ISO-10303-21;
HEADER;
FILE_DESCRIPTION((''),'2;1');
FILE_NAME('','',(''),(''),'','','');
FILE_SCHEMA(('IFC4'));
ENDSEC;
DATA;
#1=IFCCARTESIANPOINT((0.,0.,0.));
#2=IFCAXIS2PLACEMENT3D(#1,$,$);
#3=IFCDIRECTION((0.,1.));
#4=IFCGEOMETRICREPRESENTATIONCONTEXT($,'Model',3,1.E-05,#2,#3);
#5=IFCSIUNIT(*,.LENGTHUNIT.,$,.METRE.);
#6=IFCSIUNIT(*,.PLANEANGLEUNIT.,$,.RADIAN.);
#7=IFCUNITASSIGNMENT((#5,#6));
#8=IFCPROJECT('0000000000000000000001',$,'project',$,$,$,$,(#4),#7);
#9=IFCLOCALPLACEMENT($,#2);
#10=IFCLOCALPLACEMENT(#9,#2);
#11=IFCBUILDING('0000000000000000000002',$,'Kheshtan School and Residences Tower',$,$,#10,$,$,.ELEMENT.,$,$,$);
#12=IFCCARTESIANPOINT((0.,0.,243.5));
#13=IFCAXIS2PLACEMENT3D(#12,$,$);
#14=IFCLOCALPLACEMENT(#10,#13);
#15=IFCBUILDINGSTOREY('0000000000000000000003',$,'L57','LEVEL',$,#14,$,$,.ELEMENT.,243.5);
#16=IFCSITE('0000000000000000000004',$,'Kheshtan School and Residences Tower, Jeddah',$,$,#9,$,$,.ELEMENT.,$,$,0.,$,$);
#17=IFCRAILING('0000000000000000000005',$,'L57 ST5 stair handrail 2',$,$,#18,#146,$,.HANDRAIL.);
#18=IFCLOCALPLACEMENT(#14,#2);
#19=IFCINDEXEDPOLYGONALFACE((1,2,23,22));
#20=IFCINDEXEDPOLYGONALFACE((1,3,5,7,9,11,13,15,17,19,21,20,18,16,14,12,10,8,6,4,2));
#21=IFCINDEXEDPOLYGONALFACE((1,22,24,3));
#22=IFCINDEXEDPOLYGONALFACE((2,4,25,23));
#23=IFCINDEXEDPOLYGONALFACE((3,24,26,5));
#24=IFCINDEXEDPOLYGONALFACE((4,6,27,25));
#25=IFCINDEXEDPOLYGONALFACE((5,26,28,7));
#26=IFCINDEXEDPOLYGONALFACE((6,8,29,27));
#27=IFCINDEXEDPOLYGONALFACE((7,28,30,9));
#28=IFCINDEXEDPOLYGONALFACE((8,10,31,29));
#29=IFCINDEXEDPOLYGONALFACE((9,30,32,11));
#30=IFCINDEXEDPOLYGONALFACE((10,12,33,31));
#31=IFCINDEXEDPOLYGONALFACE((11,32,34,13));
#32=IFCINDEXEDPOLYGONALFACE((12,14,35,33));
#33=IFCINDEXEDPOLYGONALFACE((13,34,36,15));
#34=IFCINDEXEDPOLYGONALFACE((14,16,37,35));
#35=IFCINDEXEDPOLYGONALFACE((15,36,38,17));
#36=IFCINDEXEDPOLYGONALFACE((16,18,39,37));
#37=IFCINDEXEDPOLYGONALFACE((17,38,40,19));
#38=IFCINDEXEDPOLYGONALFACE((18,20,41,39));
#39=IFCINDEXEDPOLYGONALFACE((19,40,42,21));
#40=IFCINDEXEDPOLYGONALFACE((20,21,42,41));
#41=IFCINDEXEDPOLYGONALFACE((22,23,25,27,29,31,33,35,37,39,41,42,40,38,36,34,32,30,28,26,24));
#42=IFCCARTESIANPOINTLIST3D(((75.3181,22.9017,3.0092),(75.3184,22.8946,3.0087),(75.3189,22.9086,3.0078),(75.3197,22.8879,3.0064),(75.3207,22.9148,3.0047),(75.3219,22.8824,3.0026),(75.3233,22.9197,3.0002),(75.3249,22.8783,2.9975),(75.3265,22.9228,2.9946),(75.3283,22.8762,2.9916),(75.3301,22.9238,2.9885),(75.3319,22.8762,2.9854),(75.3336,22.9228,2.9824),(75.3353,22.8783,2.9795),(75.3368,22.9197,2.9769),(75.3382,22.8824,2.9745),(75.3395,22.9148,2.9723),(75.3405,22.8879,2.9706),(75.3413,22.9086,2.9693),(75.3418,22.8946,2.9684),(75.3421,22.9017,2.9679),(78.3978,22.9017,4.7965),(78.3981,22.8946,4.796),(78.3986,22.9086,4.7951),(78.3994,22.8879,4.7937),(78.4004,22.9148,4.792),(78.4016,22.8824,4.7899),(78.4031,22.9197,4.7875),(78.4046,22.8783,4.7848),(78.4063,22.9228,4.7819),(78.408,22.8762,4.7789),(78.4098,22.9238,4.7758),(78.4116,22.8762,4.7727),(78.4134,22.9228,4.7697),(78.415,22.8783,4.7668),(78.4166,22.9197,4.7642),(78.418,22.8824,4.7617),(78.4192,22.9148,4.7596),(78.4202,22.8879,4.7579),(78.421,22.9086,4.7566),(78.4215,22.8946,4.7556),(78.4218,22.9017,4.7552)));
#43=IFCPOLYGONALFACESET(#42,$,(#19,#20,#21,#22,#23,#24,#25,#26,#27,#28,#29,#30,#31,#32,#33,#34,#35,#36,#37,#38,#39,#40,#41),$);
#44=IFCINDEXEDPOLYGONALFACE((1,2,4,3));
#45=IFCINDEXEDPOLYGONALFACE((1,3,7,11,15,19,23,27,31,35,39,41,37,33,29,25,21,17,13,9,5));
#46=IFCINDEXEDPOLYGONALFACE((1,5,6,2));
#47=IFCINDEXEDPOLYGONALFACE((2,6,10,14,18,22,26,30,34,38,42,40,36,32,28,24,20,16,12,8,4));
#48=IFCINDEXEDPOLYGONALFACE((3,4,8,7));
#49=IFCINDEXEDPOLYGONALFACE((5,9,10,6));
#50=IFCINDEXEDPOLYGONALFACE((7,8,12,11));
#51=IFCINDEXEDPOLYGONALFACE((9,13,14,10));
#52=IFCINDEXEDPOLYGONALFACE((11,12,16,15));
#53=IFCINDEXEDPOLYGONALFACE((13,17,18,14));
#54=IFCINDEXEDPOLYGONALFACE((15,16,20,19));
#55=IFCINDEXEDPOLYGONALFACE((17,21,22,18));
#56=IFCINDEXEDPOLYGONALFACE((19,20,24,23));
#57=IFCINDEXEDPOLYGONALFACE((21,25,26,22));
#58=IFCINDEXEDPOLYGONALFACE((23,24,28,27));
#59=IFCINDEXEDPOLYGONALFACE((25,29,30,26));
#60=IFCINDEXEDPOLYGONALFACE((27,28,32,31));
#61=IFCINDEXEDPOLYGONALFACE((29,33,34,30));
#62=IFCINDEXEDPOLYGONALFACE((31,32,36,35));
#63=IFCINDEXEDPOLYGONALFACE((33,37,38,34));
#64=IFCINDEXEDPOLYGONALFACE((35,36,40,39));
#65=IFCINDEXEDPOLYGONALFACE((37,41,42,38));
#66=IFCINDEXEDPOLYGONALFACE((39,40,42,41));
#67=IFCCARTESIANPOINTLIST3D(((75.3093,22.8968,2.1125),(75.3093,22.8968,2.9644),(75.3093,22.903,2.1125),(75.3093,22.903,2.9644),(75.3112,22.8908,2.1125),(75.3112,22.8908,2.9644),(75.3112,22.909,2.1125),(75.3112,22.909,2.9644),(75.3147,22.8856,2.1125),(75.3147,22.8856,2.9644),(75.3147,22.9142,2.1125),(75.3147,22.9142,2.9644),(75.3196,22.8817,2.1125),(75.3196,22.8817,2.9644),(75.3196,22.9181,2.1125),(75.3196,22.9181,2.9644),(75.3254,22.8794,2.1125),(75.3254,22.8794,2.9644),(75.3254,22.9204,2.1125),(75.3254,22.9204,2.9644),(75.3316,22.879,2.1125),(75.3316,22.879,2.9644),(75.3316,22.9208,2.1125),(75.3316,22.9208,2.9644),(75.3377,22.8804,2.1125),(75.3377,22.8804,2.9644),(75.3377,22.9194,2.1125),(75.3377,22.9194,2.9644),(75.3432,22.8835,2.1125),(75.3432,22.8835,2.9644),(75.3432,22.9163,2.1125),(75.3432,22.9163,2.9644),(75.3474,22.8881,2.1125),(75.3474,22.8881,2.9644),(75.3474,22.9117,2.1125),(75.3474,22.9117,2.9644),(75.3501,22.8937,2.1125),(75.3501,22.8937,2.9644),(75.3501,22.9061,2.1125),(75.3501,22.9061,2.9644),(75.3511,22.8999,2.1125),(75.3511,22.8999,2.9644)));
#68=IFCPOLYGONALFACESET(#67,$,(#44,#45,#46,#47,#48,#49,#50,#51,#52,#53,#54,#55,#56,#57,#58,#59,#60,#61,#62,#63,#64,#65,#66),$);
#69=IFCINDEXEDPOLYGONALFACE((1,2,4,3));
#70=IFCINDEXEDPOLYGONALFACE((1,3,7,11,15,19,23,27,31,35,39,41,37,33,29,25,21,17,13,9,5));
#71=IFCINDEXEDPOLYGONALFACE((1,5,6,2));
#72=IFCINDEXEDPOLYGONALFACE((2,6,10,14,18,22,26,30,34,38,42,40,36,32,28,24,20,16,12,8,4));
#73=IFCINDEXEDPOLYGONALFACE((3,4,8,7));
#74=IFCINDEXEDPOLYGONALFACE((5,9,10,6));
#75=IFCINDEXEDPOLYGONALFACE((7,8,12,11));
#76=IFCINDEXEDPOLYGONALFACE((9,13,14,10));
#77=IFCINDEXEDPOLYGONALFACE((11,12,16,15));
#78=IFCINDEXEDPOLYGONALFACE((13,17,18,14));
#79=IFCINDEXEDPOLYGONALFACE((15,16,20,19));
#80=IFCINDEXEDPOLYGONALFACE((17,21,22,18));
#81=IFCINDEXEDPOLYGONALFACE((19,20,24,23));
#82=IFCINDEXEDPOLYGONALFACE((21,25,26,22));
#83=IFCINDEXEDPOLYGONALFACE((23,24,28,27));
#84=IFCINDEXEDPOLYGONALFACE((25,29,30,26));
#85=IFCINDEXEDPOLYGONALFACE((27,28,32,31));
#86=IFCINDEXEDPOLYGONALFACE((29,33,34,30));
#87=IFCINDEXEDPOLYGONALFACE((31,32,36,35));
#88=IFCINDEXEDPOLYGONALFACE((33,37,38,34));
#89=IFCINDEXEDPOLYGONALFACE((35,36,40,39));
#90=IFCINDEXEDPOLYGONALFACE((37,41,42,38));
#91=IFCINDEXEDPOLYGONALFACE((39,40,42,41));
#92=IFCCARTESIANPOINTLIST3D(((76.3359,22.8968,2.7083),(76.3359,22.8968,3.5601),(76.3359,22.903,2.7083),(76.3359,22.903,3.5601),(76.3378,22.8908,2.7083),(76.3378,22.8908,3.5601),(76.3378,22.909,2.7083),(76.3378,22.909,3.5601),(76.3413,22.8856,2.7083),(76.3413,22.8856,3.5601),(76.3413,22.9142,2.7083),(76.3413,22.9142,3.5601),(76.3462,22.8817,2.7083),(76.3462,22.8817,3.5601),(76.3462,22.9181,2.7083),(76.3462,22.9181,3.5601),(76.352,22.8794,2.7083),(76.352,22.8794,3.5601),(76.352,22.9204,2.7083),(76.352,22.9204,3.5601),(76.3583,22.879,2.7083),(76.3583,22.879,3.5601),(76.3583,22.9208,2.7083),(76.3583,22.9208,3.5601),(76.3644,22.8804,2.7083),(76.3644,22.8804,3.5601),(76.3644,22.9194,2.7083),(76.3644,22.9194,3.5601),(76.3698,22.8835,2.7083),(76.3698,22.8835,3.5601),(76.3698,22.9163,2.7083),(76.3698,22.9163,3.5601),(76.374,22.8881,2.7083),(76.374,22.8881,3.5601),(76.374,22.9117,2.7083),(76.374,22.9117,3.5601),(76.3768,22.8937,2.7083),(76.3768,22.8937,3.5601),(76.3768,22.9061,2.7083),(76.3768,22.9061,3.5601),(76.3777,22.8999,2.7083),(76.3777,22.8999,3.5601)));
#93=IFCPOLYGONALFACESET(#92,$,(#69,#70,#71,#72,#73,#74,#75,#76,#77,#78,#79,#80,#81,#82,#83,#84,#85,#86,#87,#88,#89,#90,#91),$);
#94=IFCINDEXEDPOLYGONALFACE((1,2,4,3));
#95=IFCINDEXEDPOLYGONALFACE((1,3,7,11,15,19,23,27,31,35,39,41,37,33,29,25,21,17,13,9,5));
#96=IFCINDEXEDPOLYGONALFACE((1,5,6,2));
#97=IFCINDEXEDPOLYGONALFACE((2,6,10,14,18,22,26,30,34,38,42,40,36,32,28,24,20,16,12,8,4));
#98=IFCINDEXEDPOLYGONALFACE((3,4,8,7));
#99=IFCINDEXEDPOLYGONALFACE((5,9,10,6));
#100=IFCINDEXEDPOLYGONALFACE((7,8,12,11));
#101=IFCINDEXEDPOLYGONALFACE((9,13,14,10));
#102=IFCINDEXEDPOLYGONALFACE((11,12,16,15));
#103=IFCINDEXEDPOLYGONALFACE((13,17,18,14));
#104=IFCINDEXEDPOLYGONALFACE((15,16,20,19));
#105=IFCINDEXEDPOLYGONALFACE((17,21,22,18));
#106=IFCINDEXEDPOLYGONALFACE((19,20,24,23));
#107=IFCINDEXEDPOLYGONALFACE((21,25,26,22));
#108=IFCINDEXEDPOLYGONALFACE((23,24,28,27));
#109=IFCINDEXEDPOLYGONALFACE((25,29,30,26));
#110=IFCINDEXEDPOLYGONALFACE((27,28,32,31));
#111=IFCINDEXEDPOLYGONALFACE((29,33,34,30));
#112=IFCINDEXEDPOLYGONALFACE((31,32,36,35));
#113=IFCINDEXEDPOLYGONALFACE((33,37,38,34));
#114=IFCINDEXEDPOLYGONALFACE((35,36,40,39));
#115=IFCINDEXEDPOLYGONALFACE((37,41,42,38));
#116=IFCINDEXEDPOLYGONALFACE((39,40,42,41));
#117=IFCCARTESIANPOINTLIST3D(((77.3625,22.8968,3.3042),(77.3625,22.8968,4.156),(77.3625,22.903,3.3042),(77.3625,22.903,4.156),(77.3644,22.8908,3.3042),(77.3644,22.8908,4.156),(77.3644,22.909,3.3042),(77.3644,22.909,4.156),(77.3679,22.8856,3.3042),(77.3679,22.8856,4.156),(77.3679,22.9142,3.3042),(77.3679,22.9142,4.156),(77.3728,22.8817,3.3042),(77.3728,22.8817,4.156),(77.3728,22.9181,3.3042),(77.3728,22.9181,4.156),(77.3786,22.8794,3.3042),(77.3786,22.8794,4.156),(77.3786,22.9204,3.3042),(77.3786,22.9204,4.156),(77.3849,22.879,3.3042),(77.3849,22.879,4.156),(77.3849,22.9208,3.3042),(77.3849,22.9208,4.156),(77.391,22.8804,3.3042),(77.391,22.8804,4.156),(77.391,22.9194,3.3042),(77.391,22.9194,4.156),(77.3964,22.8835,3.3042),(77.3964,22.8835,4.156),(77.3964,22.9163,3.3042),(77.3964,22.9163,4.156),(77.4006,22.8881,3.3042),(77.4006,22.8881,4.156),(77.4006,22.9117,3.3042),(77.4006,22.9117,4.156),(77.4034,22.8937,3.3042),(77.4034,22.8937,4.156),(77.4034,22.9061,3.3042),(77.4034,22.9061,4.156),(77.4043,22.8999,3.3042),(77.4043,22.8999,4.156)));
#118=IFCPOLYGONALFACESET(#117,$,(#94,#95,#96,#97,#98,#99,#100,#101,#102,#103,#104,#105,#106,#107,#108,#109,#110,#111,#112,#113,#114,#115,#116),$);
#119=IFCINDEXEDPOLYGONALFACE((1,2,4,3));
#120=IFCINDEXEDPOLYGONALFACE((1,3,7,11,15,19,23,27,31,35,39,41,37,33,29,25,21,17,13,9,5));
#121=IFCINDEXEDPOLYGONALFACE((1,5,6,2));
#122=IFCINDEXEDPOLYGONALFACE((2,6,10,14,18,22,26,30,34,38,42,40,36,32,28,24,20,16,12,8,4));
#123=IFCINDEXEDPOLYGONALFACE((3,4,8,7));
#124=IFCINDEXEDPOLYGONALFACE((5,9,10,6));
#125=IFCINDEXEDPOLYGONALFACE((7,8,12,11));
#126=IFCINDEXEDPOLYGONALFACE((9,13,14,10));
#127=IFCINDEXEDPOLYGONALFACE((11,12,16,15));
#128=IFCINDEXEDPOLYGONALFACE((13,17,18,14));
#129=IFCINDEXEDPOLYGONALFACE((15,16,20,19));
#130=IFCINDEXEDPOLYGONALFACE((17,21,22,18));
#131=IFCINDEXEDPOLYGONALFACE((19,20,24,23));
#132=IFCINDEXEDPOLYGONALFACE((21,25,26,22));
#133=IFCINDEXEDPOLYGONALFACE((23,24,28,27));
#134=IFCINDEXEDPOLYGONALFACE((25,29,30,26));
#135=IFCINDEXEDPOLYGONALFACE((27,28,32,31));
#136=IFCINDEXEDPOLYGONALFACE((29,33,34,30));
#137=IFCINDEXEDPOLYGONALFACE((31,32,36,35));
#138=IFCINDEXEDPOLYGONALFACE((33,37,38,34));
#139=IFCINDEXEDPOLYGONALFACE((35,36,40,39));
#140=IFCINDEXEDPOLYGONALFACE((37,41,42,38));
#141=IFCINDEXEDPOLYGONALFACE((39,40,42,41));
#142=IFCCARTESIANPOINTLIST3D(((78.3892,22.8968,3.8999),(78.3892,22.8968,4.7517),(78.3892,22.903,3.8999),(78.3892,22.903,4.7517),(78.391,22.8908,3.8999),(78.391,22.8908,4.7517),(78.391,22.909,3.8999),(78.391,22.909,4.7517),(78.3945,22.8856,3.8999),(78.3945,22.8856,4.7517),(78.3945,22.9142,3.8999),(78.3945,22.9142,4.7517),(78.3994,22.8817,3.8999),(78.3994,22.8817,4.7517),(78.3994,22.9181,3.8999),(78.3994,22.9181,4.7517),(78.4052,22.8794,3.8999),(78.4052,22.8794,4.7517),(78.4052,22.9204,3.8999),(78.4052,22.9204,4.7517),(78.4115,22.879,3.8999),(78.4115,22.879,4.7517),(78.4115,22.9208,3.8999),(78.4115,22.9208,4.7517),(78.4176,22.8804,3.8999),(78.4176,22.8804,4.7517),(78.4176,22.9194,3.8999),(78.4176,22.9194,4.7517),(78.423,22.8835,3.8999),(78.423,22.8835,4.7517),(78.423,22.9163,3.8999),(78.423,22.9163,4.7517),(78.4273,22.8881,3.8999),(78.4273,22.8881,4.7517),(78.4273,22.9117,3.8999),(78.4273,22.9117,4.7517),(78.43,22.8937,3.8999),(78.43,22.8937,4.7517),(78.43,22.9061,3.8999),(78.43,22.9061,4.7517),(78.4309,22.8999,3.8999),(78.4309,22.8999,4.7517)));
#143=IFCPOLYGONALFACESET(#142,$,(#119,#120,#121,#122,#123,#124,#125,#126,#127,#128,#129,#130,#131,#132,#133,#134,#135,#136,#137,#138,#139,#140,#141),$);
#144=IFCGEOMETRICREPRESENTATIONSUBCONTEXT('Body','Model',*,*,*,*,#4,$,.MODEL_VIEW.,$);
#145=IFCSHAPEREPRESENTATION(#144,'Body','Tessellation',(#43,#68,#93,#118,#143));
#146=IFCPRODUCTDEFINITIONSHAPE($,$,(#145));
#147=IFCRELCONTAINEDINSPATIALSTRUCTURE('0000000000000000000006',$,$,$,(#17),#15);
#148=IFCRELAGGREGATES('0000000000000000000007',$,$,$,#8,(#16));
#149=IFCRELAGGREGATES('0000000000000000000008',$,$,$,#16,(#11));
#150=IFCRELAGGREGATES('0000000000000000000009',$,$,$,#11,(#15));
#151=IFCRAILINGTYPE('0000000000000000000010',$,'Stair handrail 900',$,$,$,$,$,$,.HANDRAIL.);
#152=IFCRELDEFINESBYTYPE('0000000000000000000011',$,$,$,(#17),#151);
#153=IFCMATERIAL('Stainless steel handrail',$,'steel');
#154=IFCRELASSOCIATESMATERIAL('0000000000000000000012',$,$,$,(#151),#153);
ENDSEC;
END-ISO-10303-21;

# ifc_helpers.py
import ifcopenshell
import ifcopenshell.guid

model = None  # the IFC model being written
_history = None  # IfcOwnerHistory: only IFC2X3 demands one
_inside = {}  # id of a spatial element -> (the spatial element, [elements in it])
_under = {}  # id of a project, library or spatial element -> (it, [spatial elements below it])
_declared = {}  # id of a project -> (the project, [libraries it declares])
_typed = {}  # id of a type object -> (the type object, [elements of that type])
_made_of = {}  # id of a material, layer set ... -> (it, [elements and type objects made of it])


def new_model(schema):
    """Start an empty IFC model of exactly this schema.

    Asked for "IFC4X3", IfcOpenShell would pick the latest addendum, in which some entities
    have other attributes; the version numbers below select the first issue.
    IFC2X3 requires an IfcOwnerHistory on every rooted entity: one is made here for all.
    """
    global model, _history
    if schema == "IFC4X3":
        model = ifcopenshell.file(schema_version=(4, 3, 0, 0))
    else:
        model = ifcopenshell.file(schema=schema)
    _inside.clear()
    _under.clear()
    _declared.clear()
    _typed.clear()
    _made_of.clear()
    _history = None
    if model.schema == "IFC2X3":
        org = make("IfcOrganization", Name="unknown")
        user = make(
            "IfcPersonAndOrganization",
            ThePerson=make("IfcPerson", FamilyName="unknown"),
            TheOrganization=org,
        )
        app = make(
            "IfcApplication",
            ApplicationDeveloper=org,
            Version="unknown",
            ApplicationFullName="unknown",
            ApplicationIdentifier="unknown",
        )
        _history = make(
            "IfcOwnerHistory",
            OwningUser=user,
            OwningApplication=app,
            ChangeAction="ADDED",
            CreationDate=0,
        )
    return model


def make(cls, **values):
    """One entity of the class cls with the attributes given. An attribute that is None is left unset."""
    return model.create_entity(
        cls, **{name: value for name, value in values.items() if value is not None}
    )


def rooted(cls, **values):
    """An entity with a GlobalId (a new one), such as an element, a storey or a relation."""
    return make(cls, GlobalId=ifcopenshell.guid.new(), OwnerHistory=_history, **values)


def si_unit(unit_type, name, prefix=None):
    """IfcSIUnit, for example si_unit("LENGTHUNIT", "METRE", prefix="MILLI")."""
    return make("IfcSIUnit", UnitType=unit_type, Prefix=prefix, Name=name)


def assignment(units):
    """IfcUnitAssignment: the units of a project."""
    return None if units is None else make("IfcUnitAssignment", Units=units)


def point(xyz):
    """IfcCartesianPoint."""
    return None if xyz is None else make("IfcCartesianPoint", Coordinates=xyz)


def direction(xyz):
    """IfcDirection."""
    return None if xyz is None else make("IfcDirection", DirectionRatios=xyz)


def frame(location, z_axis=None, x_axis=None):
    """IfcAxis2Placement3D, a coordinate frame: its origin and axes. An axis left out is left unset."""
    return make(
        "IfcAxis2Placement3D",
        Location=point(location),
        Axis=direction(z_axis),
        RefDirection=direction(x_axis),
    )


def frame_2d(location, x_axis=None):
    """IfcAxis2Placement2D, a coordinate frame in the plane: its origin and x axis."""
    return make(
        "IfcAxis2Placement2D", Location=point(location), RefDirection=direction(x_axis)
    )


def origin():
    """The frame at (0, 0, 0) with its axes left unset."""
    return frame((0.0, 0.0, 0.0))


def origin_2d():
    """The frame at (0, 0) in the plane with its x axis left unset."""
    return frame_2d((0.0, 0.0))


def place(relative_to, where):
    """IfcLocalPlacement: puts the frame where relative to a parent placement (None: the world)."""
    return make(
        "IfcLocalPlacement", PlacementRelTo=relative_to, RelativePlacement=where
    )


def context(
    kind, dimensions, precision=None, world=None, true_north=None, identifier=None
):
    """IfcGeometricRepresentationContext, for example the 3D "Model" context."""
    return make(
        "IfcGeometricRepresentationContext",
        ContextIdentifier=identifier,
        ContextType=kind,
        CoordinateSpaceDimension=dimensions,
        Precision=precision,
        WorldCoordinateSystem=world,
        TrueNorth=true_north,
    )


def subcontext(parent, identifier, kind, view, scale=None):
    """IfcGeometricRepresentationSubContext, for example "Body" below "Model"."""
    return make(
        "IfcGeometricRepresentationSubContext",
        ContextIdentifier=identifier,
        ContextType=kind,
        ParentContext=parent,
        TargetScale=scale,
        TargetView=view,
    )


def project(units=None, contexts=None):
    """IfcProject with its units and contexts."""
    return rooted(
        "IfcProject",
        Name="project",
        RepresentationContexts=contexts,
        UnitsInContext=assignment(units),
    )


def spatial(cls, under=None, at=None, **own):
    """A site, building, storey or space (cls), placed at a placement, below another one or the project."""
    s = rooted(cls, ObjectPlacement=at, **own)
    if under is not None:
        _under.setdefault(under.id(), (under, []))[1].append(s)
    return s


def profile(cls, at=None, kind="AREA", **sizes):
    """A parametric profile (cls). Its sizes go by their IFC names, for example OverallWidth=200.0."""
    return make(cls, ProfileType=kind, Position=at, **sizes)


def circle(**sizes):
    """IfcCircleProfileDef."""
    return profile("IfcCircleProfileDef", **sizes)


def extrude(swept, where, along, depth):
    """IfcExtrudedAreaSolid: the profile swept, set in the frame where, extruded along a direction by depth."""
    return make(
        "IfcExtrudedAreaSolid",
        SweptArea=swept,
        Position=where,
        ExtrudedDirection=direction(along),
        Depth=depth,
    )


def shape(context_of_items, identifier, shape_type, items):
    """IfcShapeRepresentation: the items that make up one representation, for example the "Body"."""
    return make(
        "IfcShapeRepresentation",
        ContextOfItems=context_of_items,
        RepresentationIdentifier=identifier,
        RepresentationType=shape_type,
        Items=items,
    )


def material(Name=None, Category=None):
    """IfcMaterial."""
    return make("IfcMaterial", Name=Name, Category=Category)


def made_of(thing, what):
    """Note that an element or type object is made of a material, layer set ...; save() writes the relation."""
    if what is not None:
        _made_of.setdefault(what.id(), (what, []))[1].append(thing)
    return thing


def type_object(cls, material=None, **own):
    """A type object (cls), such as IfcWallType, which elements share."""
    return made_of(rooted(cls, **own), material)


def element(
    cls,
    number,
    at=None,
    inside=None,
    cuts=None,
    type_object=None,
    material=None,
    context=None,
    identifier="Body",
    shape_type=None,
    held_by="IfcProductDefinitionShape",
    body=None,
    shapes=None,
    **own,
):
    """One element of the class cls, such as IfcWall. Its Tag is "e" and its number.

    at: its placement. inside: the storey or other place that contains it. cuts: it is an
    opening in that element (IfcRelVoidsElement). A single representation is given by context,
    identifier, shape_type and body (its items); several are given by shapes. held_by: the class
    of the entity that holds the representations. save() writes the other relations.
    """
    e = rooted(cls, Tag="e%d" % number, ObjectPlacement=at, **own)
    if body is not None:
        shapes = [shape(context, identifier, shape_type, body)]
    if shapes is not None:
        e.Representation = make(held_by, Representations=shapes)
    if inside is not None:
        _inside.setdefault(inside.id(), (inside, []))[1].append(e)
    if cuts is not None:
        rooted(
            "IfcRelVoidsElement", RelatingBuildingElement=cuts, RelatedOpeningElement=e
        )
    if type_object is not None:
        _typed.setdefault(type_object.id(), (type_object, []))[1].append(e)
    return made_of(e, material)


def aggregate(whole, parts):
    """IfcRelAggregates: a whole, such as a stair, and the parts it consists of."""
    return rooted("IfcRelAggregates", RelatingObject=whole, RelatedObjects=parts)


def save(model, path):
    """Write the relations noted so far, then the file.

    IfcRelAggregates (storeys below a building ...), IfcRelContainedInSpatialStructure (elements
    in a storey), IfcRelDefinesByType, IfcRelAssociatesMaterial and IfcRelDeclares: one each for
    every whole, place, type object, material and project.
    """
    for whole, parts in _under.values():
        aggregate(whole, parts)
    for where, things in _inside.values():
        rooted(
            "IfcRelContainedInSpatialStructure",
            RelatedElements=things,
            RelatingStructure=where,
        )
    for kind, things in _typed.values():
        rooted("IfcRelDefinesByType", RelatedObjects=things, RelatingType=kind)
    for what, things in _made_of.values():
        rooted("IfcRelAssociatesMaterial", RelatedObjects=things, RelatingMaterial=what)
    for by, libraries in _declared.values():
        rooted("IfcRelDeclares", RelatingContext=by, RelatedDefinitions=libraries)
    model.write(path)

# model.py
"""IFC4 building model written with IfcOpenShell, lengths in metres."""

from ifc_helpers import new_model, si_unit, direction, frame, origin, origin_2d, place, context, subcontext, project, spatial, circle, extrude, material, type_object, element, save


model = new_model("IFC4")

# Units and contexts
model_context = context("Model", 3, precision=1e-05, world=origin(), true_north=direction((0.0, 1.0)))
body_context = subcontext(model_context, "Body", "Model", "MODEL_VIEW")
ifc_project = project(units=[si_unit("LENGTHUNIT", "METRE"), si_unit("PLANEANGLEUNIT", "RADIAN")], contexts=[model_context])

# Site, building, storey
site_placement = place(None, origin())
site = spatial("IfcSite", under=ifc_project, at=site_placement, Name="Kheshtan School and Residences Tower, Jeddah", CompositionType="ELEMENT", RefElevation=0.0)
building_placement = place(site_placement, origin())
building = spatial("IfcBuilding", under=site, at=building_placement, Name="Kheshtan School and Residences Tower", CompositionType="ELEMENT")
storey_placement = place(building_placement, frame((0.0, 0.0, 243.5)))
storey = spatial("IfcBuildingStorey", under=building, at=storey_placement, Name="L57", Description="LEVEL", CompositionType="ELEMENT", Elevation=243.5)

# Railing
ifc_material_1 = material(Name="Stainless steel handrail", Category="steel")
railing_type_1 = type_object("IfcRailingType", Name="Stair handrail 900", PredefinedType="HANDRAIL", material=ifc_material_1)
railing_1_placement = place(storey_placement, frame((75.3301, 22.8999, 2.1125)))
element("IfcRailing", 1, at=railing_1_placement, inside=storey, type_object=railing_type_1, Name="L57 ST5 stair handrail 2", PredefinedType="HANDRAIL", context=body_context, shape_type="SweptSolid", body=[
    extrude(circle(Radius=0.0239, at=origin_2d()), frame((0.0, 0.0, 0.876), z_axis=(0.864903, 0.0, 0.501939), x_axis=(0.0, 1.0, 0.0)), (0.0, 0.0, 1.0), 3.5608),
    extrude(circle(Radius=0.021, at=origin_2d()), origin(), (0.0, 0.0, 1.0), 0.8518),
    extrude(circle(Radius=0.021, at=origin_2d()), frame((1.0266, 0.0, 0.5957)), (0.0, 0.0, 1.0), 0.8518),
    extrude(circle(Radius=0.021, at=origin_2d()), frame((2.0532, 0.0, 1.1917)), (0.0, 0.0, 1.0), 0.8518),
    extrude(circle(Radius=0.021, at=origin_2d()), frame((3.0798, 0.0, 1.7874)), (0.0, 0.0, 1.0), 0.8518),
])

save(model, "model.ifc")
